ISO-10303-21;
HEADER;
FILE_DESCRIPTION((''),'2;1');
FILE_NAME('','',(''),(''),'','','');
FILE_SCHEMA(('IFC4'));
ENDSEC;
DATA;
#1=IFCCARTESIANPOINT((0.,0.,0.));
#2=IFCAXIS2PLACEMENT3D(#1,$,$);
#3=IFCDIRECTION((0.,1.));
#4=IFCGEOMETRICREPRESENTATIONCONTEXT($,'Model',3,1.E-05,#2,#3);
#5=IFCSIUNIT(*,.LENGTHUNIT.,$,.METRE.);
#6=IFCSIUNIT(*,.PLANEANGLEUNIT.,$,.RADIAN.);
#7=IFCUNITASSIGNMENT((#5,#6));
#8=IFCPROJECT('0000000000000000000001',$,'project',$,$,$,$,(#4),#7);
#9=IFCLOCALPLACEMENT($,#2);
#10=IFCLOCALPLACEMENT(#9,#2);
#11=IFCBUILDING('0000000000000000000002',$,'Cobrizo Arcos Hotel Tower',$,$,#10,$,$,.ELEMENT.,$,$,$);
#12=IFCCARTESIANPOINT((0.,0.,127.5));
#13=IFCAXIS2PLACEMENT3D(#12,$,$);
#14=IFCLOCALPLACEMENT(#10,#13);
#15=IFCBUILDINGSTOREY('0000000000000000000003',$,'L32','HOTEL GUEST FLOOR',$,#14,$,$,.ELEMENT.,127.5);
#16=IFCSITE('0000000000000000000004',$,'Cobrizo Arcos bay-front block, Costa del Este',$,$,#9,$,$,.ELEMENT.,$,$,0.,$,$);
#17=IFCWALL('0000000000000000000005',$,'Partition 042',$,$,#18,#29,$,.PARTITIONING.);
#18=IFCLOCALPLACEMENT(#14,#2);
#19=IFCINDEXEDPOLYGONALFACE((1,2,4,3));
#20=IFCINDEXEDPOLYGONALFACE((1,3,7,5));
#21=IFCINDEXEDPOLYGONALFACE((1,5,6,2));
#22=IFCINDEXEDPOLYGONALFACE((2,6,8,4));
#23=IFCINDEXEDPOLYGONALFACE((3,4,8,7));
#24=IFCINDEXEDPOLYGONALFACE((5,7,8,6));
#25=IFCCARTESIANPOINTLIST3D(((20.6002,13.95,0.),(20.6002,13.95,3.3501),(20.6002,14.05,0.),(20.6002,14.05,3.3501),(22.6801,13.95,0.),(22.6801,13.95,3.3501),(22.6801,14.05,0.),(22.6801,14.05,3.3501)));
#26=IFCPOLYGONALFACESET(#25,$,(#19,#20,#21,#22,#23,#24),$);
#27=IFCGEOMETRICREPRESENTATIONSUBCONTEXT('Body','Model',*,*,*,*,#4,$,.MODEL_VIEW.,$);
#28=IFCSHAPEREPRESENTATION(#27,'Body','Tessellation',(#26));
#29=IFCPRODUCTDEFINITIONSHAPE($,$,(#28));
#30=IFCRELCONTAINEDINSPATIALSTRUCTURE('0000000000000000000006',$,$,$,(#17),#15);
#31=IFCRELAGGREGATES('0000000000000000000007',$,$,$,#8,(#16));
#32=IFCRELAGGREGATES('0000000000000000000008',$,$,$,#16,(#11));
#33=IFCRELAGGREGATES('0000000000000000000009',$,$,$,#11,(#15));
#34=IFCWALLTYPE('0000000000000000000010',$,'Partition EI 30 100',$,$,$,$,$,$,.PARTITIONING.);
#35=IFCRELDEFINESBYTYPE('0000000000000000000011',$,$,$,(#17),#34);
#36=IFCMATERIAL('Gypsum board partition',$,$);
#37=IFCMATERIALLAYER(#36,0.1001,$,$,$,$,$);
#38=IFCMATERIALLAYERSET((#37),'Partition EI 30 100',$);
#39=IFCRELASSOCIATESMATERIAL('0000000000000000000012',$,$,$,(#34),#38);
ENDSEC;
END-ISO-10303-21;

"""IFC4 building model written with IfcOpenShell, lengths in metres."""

from ifc_helpers import new_model, si_unit, direction, frame, frame_2d, origin, place, context, subcontext, project, spatial, rectangle, extrude, material, layer, layer_set, type_object, element, save


model = new_model("IFC4")

# Units and contexts
model_context = context("Model", 3, precision=1e-05, world=origin(), true_north=direction((0.0, 1.0)))
body_context = subcontext(model_context, "Body", "Model", "MODEL_VIEW")
ifc_project = project(units=[si_unit("LENGTHUNIT", "METRE"), si_unit("PLANEANGLEUNIT", "RADIAN")], contexts=[model_context])

# Site, building, storey
site_placement = place(None, origin())
site = spatial("IfcSite", under=ifc_project, at=site_placement, Name="Cobrizo Arcos bay-front block, Costa del Este", CompositionType="ELEMENT", RefElevation=0.0)
building_placement = place(site_placement, origin())
building = spatial("IfcBuilding", under=site, at=building_placement, Name="Cobrizo Arcos Hotel Tower", CompositionType="ELEMENT")
storey_placement = place(building_placement, frame((0.0, 0.0, 127.5)))
storey = spatial("IfcBuildingStorey", under=building, at=storey_placement, Name="L32", Description="HOTEL GUEST FLOOR", CompositionType="ELEMENT", Elevation=127.5)

# Wall
ifc_material_1 = material(Name="Gypsum board partition")
ifc_layer_1 = layer(ifc_material_1, 0.1001)
ifc_layer_set_1 = layer_set([ifc_layer_1], Name="Partition EI 30 100")
wall_type = type_object("IfcWallType", Name="Partition EI 30 100", PredefinedType="PARTITIONING", material=ifc_layer_set_1)
wall_placement = place(storey_placement, frame((20.6001, 14.0, 0.0), z_axis=(0.0, 0.0, 1.0), x_axis=(1.0, 0.0, 0.0)))
element("IfcWall", 1, at=wall_placement, inside=storey, type_object=wall_type, Name="Partition 042", PredefinedType="PARTITIONING", context=body_context, shape_type="SweptSolid", body=[
    extrude(rectangle(XDim=2.0798, YDim=0.1001, at=frame_2d((1.04, 0.0))), origin(), (0.0, 0.0, 1.0), 3.3501),
])

save(model, "model.ifc")
